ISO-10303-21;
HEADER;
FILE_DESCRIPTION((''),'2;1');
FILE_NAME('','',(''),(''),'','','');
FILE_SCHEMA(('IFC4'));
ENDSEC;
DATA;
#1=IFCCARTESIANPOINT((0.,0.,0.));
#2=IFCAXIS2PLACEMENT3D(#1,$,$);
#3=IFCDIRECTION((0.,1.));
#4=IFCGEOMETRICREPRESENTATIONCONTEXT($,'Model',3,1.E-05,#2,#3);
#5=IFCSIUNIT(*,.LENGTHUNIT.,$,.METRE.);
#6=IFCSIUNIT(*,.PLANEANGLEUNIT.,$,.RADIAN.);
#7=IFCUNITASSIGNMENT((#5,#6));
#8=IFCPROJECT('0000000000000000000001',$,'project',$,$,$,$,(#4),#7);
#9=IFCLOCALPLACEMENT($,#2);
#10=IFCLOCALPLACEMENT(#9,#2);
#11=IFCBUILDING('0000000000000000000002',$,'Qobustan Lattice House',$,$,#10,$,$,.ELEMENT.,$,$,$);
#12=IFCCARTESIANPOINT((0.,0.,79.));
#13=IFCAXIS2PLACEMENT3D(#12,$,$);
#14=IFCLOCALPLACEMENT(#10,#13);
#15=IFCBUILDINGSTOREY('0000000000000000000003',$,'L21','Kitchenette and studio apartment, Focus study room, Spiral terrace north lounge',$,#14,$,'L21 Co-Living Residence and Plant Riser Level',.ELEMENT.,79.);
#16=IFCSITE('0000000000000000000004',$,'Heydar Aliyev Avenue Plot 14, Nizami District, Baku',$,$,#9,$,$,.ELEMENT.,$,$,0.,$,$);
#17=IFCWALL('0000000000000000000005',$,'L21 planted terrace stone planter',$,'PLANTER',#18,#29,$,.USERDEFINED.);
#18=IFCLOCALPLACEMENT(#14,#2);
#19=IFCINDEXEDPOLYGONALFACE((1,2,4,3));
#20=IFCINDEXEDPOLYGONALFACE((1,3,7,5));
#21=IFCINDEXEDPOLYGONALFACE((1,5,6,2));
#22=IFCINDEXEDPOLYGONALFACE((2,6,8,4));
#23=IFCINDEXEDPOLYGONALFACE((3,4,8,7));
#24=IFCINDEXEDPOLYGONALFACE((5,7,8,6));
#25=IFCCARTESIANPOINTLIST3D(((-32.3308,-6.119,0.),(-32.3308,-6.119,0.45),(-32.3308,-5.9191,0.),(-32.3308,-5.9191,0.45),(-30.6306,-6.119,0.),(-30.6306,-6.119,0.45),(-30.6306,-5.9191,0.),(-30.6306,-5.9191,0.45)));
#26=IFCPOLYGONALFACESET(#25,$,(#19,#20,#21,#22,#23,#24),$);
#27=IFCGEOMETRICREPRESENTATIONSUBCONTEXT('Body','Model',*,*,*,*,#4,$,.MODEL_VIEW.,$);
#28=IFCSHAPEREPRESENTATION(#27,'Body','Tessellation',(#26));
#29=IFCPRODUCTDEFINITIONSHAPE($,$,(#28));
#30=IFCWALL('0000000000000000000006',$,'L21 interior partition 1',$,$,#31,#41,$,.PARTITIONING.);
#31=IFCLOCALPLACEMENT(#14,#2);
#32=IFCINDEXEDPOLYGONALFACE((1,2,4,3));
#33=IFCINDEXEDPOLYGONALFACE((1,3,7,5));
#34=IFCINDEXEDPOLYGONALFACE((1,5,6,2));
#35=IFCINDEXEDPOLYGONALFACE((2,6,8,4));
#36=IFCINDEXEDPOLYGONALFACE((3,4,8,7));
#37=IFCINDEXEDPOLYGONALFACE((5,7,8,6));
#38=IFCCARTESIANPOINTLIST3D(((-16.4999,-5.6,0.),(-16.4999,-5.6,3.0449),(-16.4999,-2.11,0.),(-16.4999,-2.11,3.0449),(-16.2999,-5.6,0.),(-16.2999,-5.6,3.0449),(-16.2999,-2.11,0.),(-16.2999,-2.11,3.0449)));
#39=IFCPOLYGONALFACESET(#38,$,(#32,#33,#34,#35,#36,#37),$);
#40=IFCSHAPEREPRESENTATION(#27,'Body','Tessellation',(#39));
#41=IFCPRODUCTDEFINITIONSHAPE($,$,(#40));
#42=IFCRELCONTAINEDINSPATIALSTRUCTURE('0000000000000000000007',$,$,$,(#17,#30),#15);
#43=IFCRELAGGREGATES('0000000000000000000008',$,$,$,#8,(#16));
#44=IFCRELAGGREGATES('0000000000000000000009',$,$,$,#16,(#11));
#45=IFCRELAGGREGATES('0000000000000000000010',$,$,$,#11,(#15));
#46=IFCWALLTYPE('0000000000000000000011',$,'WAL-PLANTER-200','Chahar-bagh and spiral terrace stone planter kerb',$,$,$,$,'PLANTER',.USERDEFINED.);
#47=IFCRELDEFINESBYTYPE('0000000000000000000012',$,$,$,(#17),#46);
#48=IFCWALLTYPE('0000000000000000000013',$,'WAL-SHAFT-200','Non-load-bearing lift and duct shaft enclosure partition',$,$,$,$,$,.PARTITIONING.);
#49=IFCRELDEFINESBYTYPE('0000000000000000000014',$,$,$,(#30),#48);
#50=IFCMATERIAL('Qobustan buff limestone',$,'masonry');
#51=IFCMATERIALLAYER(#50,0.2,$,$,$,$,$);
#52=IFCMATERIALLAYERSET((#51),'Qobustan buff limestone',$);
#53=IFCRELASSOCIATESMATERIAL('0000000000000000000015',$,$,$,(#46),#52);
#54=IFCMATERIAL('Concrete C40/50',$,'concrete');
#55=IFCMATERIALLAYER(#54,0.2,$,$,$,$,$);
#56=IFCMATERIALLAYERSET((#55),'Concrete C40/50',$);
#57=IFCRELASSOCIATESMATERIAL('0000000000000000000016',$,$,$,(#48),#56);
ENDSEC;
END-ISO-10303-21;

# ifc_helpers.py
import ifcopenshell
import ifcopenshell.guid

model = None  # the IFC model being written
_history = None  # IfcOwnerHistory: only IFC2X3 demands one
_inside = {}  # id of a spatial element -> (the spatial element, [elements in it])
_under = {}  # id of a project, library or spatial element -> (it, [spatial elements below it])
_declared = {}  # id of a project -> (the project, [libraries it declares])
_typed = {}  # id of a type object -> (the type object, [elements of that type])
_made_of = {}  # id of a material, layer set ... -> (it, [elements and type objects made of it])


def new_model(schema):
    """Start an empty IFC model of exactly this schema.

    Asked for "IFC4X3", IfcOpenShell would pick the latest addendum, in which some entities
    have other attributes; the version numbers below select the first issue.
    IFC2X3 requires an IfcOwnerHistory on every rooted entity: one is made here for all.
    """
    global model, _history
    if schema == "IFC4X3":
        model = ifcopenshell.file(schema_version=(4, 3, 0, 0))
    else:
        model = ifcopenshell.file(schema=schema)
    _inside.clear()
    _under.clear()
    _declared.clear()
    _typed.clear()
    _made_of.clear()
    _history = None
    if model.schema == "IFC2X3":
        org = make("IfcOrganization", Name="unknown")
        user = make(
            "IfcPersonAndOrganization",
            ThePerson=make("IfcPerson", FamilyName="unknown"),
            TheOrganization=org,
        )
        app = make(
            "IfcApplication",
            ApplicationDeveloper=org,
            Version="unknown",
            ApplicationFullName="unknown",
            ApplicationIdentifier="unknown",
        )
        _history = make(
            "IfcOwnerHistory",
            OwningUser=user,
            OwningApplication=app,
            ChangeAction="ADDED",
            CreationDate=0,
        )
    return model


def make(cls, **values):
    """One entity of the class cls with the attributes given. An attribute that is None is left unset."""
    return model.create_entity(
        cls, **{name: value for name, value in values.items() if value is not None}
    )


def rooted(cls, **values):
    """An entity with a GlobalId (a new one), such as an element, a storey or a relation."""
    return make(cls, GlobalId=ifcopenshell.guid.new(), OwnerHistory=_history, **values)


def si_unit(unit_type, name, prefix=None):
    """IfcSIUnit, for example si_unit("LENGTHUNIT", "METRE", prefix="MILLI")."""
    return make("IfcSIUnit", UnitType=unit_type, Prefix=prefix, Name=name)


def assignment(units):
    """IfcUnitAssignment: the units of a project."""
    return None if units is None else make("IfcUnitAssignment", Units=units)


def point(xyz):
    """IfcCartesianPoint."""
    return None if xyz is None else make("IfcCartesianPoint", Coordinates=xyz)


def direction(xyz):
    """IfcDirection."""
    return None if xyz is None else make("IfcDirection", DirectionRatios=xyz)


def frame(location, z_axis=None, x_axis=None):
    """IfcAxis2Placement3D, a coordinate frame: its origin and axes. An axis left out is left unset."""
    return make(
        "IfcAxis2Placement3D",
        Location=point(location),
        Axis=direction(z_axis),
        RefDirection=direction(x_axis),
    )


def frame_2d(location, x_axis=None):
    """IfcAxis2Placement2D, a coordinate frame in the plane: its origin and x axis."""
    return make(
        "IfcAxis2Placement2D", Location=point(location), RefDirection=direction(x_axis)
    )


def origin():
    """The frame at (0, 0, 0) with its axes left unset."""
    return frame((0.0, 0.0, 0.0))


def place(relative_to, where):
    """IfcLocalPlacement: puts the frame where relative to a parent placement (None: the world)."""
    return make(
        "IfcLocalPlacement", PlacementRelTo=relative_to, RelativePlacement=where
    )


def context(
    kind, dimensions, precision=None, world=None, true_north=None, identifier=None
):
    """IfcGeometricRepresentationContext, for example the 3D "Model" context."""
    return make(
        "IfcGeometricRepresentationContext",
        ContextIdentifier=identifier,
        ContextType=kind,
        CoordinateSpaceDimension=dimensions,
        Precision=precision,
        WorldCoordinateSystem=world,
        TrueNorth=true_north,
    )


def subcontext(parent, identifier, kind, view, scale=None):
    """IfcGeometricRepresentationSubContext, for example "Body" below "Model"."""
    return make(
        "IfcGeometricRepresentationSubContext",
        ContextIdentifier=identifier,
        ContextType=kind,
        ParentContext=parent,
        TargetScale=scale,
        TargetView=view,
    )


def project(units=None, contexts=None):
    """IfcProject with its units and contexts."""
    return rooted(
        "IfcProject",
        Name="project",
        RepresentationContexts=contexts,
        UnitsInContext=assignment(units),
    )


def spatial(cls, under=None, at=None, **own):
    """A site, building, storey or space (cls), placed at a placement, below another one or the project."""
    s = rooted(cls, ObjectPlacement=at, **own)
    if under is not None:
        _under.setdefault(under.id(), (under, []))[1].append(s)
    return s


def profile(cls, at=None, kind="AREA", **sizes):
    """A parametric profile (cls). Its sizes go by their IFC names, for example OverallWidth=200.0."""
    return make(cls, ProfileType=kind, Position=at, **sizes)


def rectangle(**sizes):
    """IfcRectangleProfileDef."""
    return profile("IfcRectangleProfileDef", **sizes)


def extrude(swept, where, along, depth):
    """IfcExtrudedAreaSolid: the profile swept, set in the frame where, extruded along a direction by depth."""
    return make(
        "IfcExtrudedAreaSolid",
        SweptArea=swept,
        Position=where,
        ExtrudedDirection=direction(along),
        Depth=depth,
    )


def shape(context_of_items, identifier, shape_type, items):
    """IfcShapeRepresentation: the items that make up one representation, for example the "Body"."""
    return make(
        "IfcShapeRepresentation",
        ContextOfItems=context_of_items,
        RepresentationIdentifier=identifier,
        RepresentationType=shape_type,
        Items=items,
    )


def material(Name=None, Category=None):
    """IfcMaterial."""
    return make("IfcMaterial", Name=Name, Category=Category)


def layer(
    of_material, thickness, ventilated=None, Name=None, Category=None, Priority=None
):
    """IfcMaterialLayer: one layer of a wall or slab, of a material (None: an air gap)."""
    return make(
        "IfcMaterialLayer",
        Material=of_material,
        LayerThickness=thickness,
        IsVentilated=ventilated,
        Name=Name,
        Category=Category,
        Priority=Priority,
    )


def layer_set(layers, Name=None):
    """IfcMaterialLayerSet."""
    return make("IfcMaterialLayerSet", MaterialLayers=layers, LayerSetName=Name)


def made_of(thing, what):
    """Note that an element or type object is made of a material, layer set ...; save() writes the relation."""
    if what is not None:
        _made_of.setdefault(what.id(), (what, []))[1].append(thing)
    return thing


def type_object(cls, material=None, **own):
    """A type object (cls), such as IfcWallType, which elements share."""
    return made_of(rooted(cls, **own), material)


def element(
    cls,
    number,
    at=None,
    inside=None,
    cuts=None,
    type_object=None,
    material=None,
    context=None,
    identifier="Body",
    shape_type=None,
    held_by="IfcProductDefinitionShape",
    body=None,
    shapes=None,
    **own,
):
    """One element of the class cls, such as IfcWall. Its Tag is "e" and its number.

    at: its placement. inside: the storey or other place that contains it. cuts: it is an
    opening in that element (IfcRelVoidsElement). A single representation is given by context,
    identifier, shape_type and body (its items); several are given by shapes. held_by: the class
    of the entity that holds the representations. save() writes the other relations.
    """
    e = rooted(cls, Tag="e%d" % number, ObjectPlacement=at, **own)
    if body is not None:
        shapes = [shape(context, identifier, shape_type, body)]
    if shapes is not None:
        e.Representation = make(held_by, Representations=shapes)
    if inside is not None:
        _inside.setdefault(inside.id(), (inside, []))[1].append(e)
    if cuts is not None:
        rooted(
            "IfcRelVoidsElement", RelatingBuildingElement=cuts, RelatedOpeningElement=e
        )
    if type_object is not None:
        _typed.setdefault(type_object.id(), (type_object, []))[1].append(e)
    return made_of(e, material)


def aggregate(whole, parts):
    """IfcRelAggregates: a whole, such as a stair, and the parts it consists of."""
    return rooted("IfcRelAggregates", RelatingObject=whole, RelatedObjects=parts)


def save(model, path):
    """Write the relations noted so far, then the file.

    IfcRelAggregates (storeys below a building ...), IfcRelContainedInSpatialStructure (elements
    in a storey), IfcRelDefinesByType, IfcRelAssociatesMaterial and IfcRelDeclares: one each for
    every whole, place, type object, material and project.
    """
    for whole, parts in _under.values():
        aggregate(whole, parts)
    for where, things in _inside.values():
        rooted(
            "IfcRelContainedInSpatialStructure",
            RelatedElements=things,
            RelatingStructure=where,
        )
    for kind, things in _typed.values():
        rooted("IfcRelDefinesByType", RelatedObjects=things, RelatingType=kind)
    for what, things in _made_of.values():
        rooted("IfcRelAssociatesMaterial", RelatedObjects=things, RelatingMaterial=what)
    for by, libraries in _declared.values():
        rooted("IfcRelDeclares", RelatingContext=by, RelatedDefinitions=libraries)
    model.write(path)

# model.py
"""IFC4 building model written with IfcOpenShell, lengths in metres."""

from ifc_helpers import new_model, si_unit, direction, frame, frame_2d, origin, place, context, subcontext, project, spatial, rectangle, extrude, material, layer, layer_set, type_object, element, save


model = new_model("IFC4")

# Units and contexts
model_context = context("Model", 3, precision=1e-05, world=origin(), true_north=direction((0.0, 1.0)))
body_context = subcontext(model_context, "Body", "Model", "MODEL_VIEW")
ifc_project = project(units=[si_unit("LENGTHUNIT", "METRE"), si_unit("PLANEANGLEUNIT", "RADIAN")], contexts=[model_context])

# Site, building, storey
site_placement = place(None, origin())
site = spatial("IfcSite", under=ifc_project, at=site_placement, Name="Heydar Aliyev Avenue Plot 14, Nizami District, Baku", CompositionType="ELEMENT", RefElevation=0.0)
building_placement = place(site_placement, origin())
building = spatial("IfcBuilding", under=site, at=building_placement, Name="Qobustan Lattice House", CompositionType="ELEMENT")
storey_placement = place(building_placement, frame((0.0, 0.0, 79.0)))
storey = spatial("IfcBuildingStorey", under=building, at=storey_placement, Name="L21", Description="Kitchenette and studio apartment, Focus study room, Spiral terrace north lounge", LongName="L21 Co-Living Residence and Plant Riser Level", CompositionType="ELEMENT", Elevation=79.0)

# Walls
ifc_material_1 = material(Name="Qobustan buff limestone", Category="masonry")
ifc_layer_1 = layer(ifc_material_1, 0.2)
ifc_layer_set_1 = layer_set([ifc_layer_1], Name="Qobustan buff limestone")
wall_type_1 = type_object("IfcWallType", Name="WAL-PLANTER-200", Description="Chahar-bagh and spiral terrace stone planter kerb", ElementType="PLANTER", PredefinedType="USERDEFINED", material=ifc_layer_set_1)
wall_1_placement = place(storey_placement, frame((-32.3308, -6.019, 0.0), z_axis=(0.0, 0.0, 1.0), x_axis=(1.0, 0.0, 0.0)))
element("IfcWall", 1, at=wall_1_placement, inside=storey, type_object=wall_type_1, Name="L21 planted terrace stone planter", ObjectType="PLANTER", PredefinedType="USERDEFINED", context=body_context, shape_type="SweptSolid", body=[
    extrude(rectangle(XDim=1.7002, YDim=0.2, at=frame_2d((0.8501, 0.0))), origin(), (0.0, 0.0, 1.0), 0.45),
])
ifc_material_2 = material(Name="Concrete C40/50", Category="concrete")
ifc_layer_2 = layer(ifc_material_2, 0.2)
ifc_layer_set_2 = layer_set([ifc_layer_2], Name="Concrete C40/50")
wall_type_2 = type_object("IfcWallType", Name="WAL-SHAFT-200", Description="Non-load-bearing lift and duct shaft enclosure partition", PredefinedType="PARTITIONING", material=ifc_layer_set_2)
wall_2_placement = place(storey_placement, frame((-16.3999, -5.6001, 0.0), z_axis=(0.0, 0.0, 1.0), x_axis=(0.0, 1.0, 0.0)))
element("IfcWall", 2, at=wall_2_placement, inside=storey, type_object=wall_type_2, Name="L21 interior partition 1", PredefinedType="PARTITIONING", context=body_context, shape_type="SweptSolid", body=[
    extrude(rectangle(XDim=3.49, YDim=0.2, at=frame_2d((1.7451, 0.0))), origin(), (0.0, 0.0, 1.0), 3.0449),
])

save(model, "model.ifc")
